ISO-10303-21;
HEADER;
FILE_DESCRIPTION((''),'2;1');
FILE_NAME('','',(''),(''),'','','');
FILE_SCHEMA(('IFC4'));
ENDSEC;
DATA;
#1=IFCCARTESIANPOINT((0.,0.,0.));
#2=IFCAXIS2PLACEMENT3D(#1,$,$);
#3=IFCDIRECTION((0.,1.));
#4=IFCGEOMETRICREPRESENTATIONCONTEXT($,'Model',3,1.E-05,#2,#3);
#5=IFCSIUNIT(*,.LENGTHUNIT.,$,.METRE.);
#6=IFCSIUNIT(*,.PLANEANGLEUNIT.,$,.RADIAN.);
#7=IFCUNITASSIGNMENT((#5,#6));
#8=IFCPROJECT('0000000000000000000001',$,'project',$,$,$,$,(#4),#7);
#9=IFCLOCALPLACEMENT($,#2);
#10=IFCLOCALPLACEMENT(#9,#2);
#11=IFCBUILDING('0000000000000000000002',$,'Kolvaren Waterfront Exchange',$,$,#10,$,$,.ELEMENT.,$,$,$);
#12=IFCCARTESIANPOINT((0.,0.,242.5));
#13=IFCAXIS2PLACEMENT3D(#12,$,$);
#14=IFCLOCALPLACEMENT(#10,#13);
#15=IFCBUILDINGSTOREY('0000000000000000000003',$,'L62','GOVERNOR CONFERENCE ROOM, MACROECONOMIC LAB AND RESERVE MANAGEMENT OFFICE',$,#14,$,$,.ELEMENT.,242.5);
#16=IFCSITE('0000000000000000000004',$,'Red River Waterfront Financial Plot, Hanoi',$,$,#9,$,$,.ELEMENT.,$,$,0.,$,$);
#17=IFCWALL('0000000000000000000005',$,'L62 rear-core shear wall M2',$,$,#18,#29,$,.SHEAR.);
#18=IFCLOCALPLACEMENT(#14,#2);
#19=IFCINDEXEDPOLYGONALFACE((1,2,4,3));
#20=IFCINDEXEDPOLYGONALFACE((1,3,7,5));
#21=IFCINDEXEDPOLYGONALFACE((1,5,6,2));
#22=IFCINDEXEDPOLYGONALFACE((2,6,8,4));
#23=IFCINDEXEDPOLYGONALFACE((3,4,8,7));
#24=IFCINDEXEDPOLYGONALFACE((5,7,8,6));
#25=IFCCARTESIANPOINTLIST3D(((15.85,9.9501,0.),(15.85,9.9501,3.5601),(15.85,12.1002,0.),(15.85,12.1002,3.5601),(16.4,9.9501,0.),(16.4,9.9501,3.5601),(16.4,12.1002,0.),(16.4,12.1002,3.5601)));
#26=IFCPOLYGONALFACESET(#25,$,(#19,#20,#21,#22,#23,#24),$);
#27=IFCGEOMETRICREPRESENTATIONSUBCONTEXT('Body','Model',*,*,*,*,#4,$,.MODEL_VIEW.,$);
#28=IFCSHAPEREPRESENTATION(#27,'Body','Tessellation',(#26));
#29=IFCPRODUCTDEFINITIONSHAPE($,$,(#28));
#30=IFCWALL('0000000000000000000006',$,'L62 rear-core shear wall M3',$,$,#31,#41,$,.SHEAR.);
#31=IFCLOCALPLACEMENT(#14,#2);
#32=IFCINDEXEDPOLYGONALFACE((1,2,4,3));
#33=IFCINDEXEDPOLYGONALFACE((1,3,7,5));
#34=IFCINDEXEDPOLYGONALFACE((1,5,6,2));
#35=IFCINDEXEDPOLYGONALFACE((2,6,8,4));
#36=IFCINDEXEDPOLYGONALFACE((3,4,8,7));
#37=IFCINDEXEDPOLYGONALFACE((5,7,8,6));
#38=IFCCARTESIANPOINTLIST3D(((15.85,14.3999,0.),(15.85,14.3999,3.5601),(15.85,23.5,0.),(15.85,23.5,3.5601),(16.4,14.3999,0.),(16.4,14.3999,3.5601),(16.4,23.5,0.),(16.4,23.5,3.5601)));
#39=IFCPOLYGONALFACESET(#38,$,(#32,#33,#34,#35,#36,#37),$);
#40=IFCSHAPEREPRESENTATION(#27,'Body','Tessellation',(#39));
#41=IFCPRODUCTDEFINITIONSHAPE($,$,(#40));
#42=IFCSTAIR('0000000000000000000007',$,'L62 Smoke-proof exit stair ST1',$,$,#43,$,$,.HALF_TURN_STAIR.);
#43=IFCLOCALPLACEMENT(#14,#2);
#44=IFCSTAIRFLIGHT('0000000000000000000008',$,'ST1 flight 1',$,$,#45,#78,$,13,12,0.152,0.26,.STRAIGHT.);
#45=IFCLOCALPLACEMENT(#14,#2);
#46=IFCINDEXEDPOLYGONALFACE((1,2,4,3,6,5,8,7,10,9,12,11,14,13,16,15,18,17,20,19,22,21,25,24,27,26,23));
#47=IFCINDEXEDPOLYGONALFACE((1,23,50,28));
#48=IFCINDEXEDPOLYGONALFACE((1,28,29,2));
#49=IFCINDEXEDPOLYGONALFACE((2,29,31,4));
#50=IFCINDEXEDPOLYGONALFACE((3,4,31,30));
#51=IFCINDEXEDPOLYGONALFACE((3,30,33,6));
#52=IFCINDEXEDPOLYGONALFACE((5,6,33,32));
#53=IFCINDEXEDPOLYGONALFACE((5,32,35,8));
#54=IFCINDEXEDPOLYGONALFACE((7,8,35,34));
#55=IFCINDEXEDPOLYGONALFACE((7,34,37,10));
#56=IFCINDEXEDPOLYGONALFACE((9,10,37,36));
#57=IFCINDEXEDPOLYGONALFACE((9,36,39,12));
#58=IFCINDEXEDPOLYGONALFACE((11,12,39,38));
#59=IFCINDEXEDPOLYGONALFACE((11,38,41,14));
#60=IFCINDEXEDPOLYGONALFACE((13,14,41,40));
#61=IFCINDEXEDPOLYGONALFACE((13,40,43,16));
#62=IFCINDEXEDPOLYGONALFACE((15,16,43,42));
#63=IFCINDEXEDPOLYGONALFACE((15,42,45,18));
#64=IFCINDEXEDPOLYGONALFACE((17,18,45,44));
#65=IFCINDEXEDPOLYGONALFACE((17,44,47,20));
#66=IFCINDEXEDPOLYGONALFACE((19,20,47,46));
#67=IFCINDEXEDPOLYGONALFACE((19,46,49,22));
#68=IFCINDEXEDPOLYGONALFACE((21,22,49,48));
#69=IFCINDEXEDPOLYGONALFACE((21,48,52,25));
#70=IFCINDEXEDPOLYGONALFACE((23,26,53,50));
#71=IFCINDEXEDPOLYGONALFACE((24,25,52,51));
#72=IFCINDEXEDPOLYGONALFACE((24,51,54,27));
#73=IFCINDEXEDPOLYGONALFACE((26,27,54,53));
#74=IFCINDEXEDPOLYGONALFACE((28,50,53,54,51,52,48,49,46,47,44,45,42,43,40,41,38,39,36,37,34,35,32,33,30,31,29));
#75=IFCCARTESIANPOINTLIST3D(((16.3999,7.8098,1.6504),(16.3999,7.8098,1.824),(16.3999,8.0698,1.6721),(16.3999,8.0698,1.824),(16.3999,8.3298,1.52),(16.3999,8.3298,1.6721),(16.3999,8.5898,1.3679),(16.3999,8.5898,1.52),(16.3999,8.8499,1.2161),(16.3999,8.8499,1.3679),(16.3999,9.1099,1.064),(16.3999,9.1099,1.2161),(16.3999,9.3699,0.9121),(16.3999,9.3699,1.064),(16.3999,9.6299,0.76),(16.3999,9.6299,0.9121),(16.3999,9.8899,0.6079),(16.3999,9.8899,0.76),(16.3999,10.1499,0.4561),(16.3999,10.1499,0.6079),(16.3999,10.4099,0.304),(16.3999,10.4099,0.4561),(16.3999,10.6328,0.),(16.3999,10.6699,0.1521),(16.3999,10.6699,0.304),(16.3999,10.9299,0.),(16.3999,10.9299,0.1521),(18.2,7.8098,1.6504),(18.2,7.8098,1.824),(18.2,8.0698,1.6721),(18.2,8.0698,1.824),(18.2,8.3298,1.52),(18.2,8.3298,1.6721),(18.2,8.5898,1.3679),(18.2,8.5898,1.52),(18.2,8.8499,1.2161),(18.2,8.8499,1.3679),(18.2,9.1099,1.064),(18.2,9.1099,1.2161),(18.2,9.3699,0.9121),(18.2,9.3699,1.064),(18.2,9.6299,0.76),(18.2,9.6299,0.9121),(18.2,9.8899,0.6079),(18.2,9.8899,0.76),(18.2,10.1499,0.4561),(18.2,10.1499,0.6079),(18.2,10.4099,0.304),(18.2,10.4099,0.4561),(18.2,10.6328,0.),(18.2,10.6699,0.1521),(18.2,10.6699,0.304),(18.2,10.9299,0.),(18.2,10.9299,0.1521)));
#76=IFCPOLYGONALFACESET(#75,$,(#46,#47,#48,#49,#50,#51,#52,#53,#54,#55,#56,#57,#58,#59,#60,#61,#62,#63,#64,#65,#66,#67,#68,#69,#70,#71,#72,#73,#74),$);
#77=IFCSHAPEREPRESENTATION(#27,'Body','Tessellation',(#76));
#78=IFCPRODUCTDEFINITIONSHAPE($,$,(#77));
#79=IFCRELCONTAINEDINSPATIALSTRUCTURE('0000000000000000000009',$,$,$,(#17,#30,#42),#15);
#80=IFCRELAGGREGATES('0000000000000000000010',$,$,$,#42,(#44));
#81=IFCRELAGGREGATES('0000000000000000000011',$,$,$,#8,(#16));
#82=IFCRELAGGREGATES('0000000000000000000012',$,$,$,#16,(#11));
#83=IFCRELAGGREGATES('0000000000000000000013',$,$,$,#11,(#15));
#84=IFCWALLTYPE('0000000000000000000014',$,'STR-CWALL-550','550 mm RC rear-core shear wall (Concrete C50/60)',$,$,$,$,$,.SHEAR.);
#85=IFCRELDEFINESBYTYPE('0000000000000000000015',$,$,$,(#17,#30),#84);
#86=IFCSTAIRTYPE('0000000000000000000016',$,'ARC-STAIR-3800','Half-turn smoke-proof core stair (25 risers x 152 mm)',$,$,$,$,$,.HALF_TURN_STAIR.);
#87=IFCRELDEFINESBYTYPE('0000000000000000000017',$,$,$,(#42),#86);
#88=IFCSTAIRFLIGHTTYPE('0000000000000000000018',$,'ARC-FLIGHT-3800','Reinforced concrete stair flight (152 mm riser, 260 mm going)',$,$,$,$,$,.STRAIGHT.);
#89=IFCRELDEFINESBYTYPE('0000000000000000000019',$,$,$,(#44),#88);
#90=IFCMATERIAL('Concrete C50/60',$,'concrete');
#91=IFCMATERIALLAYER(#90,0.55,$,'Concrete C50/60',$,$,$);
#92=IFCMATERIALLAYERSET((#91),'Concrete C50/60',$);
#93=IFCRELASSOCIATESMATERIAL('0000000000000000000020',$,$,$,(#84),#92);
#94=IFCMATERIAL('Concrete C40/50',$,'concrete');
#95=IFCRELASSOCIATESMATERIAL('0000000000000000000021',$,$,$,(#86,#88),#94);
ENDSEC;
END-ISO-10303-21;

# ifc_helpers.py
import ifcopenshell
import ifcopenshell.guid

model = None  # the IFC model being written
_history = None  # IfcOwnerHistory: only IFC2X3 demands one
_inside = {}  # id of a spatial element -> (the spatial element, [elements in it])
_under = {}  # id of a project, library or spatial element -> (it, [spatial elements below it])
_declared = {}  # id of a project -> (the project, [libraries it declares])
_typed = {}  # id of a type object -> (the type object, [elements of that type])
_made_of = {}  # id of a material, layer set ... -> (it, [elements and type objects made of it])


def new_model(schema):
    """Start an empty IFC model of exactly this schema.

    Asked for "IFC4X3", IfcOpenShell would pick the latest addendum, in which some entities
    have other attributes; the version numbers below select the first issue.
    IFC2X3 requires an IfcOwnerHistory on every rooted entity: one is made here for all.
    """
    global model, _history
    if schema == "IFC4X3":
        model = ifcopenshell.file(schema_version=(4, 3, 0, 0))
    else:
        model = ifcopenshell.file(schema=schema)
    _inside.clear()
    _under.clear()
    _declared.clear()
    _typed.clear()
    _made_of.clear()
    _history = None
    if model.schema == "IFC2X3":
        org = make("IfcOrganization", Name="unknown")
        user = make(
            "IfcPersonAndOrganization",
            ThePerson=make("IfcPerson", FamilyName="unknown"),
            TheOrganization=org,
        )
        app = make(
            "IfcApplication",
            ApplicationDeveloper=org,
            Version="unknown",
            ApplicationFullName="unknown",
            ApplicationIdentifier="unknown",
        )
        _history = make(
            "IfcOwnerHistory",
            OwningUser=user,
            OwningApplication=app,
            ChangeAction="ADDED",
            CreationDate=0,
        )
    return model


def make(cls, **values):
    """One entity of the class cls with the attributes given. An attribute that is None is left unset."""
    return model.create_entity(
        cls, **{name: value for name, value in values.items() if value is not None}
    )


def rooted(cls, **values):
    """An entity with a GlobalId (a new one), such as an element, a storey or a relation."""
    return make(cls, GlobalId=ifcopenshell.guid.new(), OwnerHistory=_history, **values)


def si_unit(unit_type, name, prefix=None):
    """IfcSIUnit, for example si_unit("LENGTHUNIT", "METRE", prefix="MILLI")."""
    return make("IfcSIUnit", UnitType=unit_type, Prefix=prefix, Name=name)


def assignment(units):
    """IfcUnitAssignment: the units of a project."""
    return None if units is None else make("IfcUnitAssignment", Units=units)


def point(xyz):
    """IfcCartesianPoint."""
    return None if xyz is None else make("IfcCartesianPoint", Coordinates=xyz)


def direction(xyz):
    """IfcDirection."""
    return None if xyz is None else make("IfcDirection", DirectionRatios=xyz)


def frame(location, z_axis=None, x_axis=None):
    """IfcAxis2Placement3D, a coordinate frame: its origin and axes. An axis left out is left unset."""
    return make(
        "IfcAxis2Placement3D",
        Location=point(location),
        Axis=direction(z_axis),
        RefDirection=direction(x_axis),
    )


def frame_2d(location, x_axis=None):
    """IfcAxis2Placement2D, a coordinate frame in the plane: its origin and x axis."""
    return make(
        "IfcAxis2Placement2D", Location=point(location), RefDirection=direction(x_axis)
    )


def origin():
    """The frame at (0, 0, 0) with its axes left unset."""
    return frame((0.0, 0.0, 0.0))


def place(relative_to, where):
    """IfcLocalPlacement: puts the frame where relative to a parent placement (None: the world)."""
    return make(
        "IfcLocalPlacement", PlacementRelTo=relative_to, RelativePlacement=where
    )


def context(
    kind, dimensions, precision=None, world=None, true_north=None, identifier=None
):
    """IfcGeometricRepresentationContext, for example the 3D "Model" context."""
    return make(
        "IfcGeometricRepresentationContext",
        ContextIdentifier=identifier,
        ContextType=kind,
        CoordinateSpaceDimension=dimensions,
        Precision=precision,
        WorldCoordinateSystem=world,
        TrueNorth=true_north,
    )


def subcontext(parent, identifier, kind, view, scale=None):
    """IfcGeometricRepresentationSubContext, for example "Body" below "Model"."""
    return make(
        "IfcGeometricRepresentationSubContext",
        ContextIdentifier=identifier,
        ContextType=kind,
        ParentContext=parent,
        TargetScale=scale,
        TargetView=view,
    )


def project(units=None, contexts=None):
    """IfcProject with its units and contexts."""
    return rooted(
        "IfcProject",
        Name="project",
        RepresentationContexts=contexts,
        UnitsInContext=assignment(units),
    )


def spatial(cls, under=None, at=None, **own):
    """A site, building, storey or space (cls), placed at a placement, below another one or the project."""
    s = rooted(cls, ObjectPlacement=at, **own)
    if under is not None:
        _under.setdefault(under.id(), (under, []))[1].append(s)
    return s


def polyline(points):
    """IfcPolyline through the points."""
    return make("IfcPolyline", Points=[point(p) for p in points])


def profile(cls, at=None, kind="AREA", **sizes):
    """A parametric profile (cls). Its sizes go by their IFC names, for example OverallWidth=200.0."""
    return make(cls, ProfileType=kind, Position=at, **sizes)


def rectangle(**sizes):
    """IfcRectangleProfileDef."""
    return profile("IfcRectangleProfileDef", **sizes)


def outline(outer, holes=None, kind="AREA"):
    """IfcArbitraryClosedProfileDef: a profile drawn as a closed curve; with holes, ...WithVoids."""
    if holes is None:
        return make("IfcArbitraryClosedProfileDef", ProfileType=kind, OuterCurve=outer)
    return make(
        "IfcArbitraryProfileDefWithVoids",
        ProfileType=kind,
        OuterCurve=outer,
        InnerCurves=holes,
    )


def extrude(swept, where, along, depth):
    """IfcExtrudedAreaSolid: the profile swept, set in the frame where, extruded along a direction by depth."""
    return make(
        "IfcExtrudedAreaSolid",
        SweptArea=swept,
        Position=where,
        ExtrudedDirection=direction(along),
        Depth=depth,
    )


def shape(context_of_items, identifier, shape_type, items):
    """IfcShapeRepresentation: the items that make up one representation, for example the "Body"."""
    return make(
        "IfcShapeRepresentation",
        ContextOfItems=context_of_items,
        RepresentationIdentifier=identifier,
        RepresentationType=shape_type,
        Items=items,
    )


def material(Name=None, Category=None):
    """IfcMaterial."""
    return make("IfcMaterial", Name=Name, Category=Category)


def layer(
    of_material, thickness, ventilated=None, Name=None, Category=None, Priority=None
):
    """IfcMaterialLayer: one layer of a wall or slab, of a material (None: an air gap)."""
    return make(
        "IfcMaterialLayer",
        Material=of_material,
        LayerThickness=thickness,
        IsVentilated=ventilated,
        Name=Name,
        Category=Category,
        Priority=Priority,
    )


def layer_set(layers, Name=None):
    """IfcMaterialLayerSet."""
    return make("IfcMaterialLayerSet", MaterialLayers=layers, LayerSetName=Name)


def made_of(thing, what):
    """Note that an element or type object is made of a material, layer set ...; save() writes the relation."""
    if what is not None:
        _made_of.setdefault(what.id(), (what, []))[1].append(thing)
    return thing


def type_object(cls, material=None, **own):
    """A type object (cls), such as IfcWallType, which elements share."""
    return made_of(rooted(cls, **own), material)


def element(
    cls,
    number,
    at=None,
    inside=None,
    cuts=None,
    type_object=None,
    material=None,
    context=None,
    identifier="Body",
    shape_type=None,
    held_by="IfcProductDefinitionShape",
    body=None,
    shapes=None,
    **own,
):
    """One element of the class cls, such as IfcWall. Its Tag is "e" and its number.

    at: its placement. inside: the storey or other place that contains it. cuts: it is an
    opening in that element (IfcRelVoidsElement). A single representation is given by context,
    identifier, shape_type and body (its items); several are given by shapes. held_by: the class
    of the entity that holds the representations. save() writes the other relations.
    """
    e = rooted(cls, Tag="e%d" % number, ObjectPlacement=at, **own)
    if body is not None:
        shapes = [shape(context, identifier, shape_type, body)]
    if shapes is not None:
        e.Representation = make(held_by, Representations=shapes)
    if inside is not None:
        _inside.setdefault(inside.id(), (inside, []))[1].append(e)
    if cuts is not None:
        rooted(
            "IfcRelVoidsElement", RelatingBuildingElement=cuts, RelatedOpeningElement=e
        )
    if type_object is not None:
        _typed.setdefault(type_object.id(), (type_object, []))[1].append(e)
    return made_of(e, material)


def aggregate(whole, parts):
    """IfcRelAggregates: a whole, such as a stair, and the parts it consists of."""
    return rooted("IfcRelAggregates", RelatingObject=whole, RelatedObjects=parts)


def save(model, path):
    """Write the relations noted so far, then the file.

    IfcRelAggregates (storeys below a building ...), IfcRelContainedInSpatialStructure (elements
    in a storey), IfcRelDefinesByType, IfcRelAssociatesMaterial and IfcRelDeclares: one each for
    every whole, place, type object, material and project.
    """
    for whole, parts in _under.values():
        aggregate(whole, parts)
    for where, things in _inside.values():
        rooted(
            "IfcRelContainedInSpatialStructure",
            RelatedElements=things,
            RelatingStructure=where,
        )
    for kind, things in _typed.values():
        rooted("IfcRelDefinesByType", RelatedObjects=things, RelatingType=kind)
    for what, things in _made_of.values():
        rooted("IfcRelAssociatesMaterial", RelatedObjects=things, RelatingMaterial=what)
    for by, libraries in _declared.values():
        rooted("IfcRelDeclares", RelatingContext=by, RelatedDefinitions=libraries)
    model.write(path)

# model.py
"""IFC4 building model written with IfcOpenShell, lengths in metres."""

from ifc_helpers import new_model, si_unit, direction, frame, frame_2d, origin, place, context, subcontext, project, spatial, polyline, rectangle, outline, extrude, material, layer, layer_set, type_object, element, aggregate, save


model = new_model("IFC4")

# Units and contexts
model_context = context("Model", 3, precision=1e-05, world=origin(), true_north=direction((0.0, 1.0)))
body_context = subcontext(model_context, "Body", "Model", "MODEL_VIEW")
ifc_project = project(units=[si_unit("LENGTHUNIT", "METRE"), si_unit("PLANEANGLEUNIT", "RADIAN")], contexts=[model_context])

# Site, building, storey
site_placement = place(None, origin())
site = spatial("IfcSite", under=ifc_project, at=site_placement, Name="Red River Waterfront Financial Plot, Hanoi", CompositionType="ELEMENT", RefElevation=0.0)
building_placement = place(site_placement, origin())
building = spatial("IfcBuilding", under=site, at=building_placement, Name="Kolvaren Waterfront Exchange", CompositionType="ELEMENT")
storey_placement = place(building_placement, frame((0.0, 0.0, 242.5)))
storey = spatial("IfcBuildingStorey", under=building, at=storey_placement, Name="L62", Description="GOVERNOR CONFERENCE ROOM, MACROECONOMIC LAB AND RESERVE MANAGEMENT OFFICE", CompositionType="ELEMENT", Elevation=242.5)

# Walls
ifc_material_1 = material(Name="Concrete C40/50", Category="concrete")
ifc_material_2 = material(Name="Concrete C50/60", Category="concrete")
ifc_layer_1 = layer(ifc_material_2, 0.55, Name="Concrete C50/60")
ifc_layer_set_1 = layer_set([ifc_layer_1], Name="Concrete C50/60")
wall_type_1 = type_object("IfcWallType", Name="STR-CWALL-550", Description="550 mm RC rear-core shear wall (Concrete C50/60)", PredefinedType="SHEAR", material=ifc_layer_set_1)
wall_1_placement = place(storey_placement, frame((16.125, 9.95, 0.0), z_axis=(0.0, 0.0, 1.0), x_axis=(0.0, 1.0, 0.0)))
element("IfcWall", 1, at=wall_1_placement, inside=storey, type_object=wall_type_1, Name="L62 rear-core shear wall M2", PredefinedType="SHEAR", context=body_context, shape_type="SweptSolid", body=[
    extrude(rectangle(XDim=2.1501, YDim=0.55, at=frame_2d((1.0752, 0.0))), origin(), (0.0, 0.0, 1.0), 3.5601),
])
wall_2_placement = place(storey_placement, frame((16.125, 14.3999, 0.0), z_axis=(0.0, 0.0, 1.0), x_axis=(0.0, 1.0, 0.0)))
element("IfcWall", 2, at=wall_2_placement, inside=storey, type_object=wall_type_1, Name="L62 rear-core shear wall M3", PredefinedType="SHEAR", context=body_context, shape_type="SweptSolid", body=[
    extrude(rectangle(XDim=9.1001, YDim=0.55, at=frame_2d((4.55, 0.0))), origin(), (0.0, 0.0, 1.0), 3.5601),
])

# Stair, stair flight
stair_type = type_object("IfcStairType", Name="ARC-STAIR-3800", Description="Half-turn smoke-proof core stair (25 risers x 152 mm)", PredefinedType="HALF_TURN_STAIR", material=ifc_material_1)
stair_placement = place(storey_placement, origin())
stair = element("IfcStair", 3, at=stair_placement, inside=storey, type_object=stair_type, Name="L62 Smoke-proof exit stair ST1", PredefinedType="HALF_TURN_STAIR")
stair_flight_type = type_object("IfcStairFlightType", Name="ARC-FLIGHT-3800", Description="Reinforced concrete stair flight (152 mm riser, 260 mm going)", PredefinedType="STRAIGHT", material=ifc_material_1)
stair_flight_placement = place(storey_placement, frame((17.3, 10.9299, 0.0), z_axis=(0.0, 0.0, 1.0), x_axis=(0.0, -1.0, 0.0)))
stair_flight = element("IfcStairFlight", 4, at=stair_flight_placement, type_object=stair_flight_type, Name="ST1 flight 1", NumberOfRisers=13, NumberOfTreads=12, PredefinedType="STRAIGHT", RiserHeight=0.152, TreadLength=0.26, context=body_context, shape_type="SweptSolid", body=[
    extrude(outline(polyline([(0.0, 0.0), (0.0, 0.1521), (0.26, 0.1521), (0.26, 0.304), (0.52, 0.304), (0.52, 0.4561), (0.78, 0.4561), (0.78, 0.6079), (1.04, 0.6079), (1.04, 0.76), (1.3, 0.76), (1.3, 0.9121), (1.5601, 0.9121), (1.5601, 1.064), (1.8201, 1.064), (1.8201, 1.2161), (2.0801, 1.2161), (2.0801, 1.3679), (2.3401, 1.3679), (2.3401, 1.52), (2.6001, 1.52), (2.6001, 1.6721), (2.8601, 1.6721), (2.8601, 1.824), (3.1201, 1.824), (3.1201, 1.9761), (3.1201, 1.6504), (0.2971, 0.0), (0.0, 0.0)])), frame((0.0, 0.8999, 0.0), z_axis=(0.0, -1.0, 0.0), x_axis=(1.0, 0.0, 0.0)), (0.0, 0.0, 1.0), 1.8),
])
aggregate(stair, [stair_flight])

save(model, "model.ifc")
